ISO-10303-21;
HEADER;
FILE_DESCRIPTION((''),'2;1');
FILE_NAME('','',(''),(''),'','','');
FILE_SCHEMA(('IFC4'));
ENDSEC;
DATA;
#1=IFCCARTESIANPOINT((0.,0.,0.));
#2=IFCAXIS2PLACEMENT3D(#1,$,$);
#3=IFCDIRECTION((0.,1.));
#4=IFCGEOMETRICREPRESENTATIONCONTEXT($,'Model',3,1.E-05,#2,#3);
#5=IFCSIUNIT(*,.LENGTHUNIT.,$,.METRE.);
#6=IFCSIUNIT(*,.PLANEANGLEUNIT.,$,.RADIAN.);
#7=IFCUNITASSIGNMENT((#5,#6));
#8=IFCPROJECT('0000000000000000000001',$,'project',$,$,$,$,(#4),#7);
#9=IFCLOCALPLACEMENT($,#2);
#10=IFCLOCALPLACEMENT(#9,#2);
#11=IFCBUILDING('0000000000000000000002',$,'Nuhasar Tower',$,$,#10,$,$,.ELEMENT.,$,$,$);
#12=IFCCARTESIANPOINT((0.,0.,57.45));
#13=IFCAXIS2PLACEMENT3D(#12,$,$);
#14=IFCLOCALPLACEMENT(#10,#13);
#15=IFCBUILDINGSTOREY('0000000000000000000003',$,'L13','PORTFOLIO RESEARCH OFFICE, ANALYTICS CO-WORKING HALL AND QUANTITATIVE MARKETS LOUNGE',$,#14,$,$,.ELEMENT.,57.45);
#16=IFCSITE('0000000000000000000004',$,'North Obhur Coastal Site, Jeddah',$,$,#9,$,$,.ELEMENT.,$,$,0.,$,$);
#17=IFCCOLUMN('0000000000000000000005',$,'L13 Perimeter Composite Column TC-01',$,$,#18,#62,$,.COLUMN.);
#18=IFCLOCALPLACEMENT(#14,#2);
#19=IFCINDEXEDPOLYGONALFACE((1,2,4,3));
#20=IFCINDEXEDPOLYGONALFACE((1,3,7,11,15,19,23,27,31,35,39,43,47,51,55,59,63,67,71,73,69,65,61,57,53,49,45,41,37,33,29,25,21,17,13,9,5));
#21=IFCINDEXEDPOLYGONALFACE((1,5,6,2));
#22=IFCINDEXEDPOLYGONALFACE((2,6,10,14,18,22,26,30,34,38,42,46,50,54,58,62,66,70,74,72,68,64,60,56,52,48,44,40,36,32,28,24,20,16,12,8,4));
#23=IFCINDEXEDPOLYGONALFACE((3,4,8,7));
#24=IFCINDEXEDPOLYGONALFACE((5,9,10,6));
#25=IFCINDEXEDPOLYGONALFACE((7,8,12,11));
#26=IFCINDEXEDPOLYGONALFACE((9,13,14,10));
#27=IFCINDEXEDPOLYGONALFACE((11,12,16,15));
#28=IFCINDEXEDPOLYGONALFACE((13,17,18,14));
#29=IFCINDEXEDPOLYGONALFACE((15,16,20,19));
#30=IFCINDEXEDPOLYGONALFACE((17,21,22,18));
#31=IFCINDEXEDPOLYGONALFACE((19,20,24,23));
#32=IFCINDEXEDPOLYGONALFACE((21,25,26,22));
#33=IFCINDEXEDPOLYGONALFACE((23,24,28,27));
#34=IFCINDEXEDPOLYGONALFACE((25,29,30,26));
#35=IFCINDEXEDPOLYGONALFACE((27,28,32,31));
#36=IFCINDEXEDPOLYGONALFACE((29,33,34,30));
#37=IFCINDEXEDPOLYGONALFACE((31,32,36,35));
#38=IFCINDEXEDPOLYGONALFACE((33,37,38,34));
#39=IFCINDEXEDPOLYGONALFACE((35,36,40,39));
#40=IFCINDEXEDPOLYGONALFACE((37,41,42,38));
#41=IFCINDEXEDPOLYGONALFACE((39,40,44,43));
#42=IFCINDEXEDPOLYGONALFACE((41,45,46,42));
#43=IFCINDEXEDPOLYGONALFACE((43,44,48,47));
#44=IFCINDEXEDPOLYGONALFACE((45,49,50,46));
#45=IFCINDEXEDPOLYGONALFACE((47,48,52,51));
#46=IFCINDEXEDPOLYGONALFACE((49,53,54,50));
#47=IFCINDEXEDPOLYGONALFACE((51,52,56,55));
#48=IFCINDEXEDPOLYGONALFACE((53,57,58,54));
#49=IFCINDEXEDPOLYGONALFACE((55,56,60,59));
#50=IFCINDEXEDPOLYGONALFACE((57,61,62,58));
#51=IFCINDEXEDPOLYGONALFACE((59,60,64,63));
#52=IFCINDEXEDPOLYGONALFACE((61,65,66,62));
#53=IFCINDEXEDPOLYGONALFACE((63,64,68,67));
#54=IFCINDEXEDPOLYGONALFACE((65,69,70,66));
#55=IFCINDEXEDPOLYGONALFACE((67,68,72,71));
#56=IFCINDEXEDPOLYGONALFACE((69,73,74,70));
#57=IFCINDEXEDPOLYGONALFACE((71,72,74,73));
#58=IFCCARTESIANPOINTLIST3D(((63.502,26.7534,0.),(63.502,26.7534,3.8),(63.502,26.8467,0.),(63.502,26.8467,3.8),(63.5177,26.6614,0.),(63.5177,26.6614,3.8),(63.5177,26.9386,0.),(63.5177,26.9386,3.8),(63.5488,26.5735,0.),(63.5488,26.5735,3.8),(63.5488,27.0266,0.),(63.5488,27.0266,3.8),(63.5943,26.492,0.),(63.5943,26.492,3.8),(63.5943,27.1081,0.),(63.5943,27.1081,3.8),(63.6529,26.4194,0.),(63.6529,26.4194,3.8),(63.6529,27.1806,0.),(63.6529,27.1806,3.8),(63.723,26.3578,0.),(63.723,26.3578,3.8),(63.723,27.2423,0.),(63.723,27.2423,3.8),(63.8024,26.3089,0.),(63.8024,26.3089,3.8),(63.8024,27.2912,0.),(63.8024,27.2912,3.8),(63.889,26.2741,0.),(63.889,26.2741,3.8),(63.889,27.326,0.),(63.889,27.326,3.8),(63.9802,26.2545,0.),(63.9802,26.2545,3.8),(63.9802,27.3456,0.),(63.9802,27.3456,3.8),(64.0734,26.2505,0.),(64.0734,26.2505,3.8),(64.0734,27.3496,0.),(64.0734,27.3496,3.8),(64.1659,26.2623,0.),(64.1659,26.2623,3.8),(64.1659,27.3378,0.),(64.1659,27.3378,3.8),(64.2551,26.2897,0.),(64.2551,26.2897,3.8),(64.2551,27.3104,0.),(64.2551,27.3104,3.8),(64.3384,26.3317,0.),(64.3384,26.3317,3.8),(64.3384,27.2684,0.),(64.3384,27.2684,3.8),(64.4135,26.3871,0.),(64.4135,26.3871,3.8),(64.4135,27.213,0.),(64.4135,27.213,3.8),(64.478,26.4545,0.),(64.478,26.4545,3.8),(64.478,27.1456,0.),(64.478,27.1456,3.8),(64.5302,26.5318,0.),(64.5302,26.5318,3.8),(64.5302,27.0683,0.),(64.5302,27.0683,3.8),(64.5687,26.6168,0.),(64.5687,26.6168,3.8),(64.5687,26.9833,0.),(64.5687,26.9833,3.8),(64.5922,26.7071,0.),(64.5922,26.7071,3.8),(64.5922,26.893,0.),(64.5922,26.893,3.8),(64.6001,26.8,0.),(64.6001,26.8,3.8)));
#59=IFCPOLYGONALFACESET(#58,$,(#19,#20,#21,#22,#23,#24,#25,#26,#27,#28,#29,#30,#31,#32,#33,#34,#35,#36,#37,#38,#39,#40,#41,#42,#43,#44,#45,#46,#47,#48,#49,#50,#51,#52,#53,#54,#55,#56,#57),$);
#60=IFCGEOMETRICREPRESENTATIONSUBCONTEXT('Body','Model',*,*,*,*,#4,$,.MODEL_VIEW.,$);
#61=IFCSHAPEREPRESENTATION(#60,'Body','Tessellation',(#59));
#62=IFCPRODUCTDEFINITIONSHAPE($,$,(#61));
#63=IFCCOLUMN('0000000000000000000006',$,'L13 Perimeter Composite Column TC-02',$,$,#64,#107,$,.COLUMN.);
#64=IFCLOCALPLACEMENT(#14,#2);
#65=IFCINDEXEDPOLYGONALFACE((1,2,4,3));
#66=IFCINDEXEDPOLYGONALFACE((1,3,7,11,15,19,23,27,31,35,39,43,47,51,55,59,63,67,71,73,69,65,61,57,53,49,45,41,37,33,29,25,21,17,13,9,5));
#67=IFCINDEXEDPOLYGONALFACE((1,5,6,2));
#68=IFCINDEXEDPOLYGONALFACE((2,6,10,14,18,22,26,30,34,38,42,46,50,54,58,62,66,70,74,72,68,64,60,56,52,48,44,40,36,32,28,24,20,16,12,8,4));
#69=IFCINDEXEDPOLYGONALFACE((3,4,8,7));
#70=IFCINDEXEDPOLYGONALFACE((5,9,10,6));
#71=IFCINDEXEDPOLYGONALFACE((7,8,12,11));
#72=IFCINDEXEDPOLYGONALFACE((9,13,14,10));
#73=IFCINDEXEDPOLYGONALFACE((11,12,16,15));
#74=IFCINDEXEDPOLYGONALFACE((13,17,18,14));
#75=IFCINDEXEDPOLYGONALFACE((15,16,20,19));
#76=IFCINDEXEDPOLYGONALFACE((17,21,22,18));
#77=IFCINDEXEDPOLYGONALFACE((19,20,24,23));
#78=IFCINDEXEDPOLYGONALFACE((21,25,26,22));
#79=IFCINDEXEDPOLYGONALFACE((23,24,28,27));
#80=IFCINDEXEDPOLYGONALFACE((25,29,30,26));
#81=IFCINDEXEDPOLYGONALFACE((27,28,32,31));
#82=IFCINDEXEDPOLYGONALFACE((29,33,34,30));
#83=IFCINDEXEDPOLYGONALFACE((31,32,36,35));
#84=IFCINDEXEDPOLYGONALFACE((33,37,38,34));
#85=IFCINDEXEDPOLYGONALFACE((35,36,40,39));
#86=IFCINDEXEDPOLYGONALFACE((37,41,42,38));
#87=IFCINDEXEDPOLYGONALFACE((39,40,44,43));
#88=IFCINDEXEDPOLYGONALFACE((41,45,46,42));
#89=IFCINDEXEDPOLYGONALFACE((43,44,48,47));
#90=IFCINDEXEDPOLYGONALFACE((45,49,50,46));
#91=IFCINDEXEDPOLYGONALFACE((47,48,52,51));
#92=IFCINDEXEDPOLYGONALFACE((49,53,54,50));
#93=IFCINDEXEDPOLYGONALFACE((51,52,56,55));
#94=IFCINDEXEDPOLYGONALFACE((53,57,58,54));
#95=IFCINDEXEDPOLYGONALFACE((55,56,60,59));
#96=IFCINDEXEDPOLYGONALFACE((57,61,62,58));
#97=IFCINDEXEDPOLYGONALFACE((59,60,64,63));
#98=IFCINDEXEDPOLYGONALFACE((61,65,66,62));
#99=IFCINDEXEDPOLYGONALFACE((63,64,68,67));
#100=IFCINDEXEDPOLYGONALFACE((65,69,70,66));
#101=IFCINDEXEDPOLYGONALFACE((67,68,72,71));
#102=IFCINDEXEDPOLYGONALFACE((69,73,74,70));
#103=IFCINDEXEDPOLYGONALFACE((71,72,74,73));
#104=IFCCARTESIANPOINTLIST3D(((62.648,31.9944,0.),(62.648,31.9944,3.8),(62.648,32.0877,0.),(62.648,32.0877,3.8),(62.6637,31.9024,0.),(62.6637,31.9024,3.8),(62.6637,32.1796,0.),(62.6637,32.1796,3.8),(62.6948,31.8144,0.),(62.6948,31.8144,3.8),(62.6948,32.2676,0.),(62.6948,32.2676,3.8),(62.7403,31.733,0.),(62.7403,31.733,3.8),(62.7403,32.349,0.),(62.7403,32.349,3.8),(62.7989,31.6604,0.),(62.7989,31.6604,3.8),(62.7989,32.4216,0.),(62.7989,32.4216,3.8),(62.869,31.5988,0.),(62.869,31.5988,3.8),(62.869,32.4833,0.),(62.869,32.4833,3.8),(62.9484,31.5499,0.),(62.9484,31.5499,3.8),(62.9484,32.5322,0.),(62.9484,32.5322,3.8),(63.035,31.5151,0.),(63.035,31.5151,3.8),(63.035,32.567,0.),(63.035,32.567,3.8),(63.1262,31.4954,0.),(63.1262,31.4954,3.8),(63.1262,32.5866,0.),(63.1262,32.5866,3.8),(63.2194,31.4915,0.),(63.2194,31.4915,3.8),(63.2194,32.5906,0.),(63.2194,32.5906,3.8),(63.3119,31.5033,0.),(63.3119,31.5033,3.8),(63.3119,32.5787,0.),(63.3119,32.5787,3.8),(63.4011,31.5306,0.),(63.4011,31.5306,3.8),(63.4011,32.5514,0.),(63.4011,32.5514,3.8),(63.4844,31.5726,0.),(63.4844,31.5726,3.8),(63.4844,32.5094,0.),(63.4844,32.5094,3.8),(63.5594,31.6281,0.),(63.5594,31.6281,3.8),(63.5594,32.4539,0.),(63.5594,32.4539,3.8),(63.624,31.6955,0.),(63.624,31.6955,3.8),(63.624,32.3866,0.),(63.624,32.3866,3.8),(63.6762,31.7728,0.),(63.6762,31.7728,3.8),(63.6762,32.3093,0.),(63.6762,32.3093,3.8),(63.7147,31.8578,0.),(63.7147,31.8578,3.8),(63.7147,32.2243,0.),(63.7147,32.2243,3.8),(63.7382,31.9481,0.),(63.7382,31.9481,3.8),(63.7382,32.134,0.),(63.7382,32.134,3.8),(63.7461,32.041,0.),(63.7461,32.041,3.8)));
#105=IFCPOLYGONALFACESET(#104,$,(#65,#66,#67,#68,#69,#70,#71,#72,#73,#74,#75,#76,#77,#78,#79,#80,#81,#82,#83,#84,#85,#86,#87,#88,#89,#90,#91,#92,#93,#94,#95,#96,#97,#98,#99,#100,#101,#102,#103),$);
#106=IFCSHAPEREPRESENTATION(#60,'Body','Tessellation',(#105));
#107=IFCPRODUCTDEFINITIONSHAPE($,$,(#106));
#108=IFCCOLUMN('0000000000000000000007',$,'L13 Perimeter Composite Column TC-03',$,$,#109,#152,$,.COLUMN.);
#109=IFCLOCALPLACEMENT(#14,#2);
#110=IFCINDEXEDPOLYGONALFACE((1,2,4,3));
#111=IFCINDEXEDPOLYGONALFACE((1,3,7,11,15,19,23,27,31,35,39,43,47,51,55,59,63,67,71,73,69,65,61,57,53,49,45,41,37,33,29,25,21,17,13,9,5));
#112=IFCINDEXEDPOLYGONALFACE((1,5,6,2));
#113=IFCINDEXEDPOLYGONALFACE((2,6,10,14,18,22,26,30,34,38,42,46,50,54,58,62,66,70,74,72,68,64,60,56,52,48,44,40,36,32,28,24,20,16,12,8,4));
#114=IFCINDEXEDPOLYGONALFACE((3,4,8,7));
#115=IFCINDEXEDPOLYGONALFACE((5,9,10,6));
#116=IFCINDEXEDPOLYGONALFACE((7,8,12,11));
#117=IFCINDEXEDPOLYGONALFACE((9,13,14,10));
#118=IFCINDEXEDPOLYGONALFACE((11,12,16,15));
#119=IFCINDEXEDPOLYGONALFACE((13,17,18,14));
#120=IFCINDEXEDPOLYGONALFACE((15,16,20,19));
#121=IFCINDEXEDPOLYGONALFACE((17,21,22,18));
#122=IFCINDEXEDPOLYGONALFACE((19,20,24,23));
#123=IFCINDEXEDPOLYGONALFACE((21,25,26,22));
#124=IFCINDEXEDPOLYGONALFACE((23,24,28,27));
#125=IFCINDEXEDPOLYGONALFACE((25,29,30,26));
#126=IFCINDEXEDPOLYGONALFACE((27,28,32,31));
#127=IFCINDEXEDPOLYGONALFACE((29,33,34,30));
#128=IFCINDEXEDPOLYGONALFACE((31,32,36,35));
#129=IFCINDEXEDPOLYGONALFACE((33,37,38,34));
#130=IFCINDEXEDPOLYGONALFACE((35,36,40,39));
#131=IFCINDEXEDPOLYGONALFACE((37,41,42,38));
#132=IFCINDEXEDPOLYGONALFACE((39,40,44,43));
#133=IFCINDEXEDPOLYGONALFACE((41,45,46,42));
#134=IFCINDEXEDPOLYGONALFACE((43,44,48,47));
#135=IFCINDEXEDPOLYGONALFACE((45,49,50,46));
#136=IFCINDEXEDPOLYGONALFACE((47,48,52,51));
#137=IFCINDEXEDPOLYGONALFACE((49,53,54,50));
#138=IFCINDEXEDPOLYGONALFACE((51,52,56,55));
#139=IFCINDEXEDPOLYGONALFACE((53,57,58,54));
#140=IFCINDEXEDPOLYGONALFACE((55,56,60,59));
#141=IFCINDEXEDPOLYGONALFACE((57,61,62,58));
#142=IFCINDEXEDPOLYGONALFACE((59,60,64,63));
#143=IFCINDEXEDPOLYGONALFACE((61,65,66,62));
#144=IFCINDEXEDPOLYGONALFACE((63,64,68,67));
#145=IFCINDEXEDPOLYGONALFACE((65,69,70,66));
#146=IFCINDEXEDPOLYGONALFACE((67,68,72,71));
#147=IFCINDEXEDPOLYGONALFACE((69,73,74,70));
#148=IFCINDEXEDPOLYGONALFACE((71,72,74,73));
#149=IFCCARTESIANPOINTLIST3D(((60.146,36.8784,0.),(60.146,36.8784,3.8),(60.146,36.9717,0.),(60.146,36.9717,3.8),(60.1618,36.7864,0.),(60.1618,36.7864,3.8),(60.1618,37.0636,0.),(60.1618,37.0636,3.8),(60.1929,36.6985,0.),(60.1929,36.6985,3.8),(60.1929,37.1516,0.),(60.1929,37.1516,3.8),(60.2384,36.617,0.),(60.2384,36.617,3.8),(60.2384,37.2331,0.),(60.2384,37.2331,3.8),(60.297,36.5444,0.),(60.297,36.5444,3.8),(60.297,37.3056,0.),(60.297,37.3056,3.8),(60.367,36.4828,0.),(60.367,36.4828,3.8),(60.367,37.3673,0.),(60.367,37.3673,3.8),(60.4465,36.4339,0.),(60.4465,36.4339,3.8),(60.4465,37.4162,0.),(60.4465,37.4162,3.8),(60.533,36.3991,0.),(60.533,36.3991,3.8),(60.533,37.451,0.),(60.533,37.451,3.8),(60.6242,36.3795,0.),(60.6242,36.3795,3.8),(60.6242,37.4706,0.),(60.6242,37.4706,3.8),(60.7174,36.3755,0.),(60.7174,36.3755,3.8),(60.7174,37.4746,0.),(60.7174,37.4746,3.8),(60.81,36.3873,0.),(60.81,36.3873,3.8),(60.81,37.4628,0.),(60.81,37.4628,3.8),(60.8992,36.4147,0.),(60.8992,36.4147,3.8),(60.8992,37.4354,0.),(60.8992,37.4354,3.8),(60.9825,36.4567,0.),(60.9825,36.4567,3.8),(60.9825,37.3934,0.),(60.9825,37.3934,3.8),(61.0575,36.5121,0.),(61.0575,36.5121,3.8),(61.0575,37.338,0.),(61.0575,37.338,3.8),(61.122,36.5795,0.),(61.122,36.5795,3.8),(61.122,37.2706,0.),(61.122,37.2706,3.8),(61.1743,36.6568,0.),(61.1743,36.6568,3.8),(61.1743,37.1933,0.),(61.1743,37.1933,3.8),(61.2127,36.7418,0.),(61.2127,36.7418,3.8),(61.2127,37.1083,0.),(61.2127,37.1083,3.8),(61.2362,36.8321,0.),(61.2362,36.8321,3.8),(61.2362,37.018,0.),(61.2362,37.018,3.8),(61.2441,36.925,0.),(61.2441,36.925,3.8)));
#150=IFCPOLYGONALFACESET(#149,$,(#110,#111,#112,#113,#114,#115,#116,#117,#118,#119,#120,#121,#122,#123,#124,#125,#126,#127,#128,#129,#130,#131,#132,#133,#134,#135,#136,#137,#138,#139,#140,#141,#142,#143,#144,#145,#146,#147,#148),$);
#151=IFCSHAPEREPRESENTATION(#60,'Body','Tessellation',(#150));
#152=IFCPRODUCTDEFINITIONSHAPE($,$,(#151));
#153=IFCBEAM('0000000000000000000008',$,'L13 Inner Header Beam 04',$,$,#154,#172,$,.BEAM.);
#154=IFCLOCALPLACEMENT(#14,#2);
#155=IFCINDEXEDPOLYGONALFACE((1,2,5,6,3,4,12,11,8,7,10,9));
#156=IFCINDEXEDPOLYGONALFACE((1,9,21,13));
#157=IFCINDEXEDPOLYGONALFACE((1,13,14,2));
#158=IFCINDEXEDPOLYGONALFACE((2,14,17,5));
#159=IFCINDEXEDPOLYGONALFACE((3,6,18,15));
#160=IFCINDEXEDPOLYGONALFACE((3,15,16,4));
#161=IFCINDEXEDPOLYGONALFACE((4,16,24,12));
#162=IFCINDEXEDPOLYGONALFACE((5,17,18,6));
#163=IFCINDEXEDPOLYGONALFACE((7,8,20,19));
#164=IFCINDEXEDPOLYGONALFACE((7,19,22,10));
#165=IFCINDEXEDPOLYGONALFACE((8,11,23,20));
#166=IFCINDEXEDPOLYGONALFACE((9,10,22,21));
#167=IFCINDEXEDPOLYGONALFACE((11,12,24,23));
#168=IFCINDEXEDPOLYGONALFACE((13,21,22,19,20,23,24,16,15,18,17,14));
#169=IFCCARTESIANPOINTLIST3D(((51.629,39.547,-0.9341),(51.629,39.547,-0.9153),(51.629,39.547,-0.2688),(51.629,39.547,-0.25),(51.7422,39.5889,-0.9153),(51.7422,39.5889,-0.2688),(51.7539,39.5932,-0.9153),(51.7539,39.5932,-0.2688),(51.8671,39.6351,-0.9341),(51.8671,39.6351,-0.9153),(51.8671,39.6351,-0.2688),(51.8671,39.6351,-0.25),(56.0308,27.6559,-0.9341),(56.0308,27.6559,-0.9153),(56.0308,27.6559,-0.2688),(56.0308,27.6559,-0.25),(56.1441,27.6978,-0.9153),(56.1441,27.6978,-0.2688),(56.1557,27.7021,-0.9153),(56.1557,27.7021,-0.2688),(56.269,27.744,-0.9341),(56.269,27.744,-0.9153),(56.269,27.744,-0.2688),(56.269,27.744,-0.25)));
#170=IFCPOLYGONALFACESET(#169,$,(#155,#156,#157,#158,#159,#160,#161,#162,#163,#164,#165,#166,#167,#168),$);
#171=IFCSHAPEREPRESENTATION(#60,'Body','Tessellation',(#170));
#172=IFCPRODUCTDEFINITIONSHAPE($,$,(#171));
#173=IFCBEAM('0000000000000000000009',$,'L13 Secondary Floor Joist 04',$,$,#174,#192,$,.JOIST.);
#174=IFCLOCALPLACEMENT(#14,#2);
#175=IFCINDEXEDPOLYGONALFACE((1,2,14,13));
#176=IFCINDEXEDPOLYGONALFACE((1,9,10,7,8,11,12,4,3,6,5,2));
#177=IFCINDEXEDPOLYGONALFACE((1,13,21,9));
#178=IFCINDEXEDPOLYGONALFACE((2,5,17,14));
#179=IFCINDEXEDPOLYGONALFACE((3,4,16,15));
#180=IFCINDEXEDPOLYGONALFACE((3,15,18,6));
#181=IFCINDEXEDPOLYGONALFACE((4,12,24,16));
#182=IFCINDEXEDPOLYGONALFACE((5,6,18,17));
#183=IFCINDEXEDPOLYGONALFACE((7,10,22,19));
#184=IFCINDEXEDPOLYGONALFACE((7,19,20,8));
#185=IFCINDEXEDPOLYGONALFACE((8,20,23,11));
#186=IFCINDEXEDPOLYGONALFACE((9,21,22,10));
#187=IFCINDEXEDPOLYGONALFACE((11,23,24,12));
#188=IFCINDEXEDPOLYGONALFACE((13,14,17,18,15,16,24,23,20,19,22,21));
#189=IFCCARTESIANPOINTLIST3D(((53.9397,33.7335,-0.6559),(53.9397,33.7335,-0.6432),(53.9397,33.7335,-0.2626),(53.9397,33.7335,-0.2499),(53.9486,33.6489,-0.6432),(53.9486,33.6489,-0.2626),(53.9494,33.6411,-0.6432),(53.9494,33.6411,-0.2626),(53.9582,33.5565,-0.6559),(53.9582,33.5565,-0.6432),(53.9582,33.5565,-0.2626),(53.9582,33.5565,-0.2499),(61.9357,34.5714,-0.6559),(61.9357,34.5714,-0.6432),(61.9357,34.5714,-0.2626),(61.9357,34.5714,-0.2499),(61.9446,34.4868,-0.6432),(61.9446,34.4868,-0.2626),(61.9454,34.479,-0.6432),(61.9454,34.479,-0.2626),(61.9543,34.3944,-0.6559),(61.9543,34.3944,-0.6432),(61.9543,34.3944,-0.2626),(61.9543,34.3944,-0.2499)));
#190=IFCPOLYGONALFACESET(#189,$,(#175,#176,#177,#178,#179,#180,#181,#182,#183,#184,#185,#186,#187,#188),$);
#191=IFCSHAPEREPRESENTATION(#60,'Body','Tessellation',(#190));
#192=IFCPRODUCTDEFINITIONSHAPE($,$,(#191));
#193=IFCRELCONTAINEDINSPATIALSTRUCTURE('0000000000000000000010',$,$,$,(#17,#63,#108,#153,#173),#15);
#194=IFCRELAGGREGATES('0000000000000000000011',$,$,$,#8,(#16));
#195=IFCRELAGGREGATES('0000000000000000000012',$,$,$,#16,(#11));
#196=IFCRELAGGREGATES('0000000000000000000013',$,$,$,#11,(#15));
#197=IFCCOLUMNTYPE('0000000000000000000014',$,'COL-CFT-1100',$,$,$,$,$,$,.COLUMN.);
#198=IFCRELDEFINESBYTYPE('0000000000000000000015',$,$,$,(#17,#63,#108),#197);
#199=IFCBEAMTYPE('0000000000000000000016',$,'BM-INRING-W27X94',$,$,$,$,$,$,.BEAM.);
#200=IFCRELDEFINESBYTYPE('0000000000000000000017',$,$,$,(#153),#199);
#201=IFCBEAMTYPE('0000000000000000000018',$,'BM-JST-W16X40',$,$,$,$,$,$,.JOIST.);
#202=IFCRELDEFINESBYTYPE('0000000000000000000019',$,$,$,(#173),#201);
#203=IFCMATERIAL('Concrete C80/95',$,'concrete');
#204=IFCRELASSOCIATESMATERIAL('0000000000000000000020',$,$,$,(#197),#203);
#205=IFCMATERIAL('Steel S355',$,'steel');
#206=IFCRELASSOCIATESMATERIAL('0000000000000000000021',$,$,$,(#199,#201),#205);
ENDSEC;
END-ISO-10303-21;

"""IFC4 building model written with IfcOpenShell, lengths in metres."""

from ifc_helpers import new_model, si_unit, direction, frame, origin, origin_2d, place, context, subcontext, project, spatial, circle, i_section, extrude, material, material_profile, profile_set, type_object, element, save


model = new_model("IFC4")

# Units and contexts
model_context = context("Model", 3, precision=1e-05, world=origin(), true_north=direction((0.0, 1.0)))
body_context = subcontext(model_context, "Body", "Model", "MODEL_VIEW")
ifc_project = project(units=[si_unit("LENGTHUNIT", "METRE"), si_unit("PLANEANGLEUNIT", "RADIAN")], contexts=[model_context])

# Site, building, storey
site_placement = place(None, origin())
site = spatial("IfcSite", under=ifc_project, at=site_placement, Name="North Obhur Coastal Site, Jeddah", CompositionType="ELEMENT", RefElevation=0.0)
building_placement = place(site_placement, origin())
building = spatial("IfcBuilding", under=site, at=building_placement, Name="Nuhasar Tower", CompositionType="ELEMENT")
storey_placement = place(building_placement, frame((0.0, 0.0, 57.45)))
storey = spatial("IfcBuildingStorey", under=building, at=storey_placement, Name="L13", Description="PORTFOLIO RESEARCH OFFICE, ANALYTICS CO-WORKING HALL AND QUANTITATIVE MARKETS LOUNGE", CompositionType="ELEMENT", Elevation=57.45)

# Columns
ifc_material_1 = material(Name="Concrete C80/95", Category="concrete")
ifc_material_profile_1 = material_profile(ifc_material_1, circle(Radius=0.55, at=origin_2d()), Name="CFT1100")
ifc_profile_set_1 = profile_set([ifc_material_profile_1], Name="Concrete C80/95")
column_type = type_object("IfcColumnType", Name="COL-CFT-1100", PredefinedType="COLUMN", material=ifc_profile_set_1)
for number, where, z_axis, x_axis, name in (
    (1, (64.05, 26.8, 0.0), (0.0, 0.0, 1.0), (1.0, 0.0, 0.0), "L13 Perimeter Composite Column TC-01"),
    (2, (63.196, 32.041, 0.0), (0.0, 0.0, 1.0), (1.0, 0.0, 0.0), "L13 Perimeter Composite Column TC-02"),
    (3, (60.6941, 36.925, 0.0), (0.0, 0.0, 1.0), (1.0, 0.0, 0.0), "L13 Perimeter Composite Column TC-03"),
):
    element("IfcColumn", number, at=place(storey_placement, frame(where, z_axis=z_axis, x_axis=x_axis)), inside=storey, type_object=column_type, Name=name, PredefinedType="COLUMN", context=body_context, shape_type="SweptSolid", body=[
        extrude(circle(Radius=0.55, at=origin_2d()), origin(), (0.0, 0.0, 1.0), 3.8),
    ])

# Beams
ifc_material_2 = material(Name="Steel S355", Category="steel")
ifc_material_profile_2 = material_profile(ifc_material_2, i_section(OverallWidth=0.2539, OverallDepth=0.6841, WebThickness=0.0125, FlangeThickness=0.0188, at=origin_2d()), Name="W27X94")
ifc_profile_set_2 = profile_set([ifc_material_profile_2], Name="Steel S355")
beam_type_1 = type_object("IfcBeamType", Name="BM-INRING-W27X94", PredefinedType="BEAM", material=ifc_profile_set_2)
beam_1_placement = place(storey_placement, frame((56.1499, 27.7, -0.592), z_axis=(-0.347158, 0.937807, 0.0), x_axis=(-0.937807, -0.347158, 0.0)))
element("IfcBeam", 4, at=beam_1_placement, inside=storey, type_object=beam_type_1, Name="L13 Inner Header Beam 04", PredefinedType="BEAM", context=body_context, shape_type="SweptSolid", body=[
    extrude(i_section(OverallWidth=0.2539, OverallDepth=0.6841, WebThickness=0.0125, FlangeThickness=0.0188, at=origin_2d()), origin(), (0.0, 0.0, 1.0), 12.6797),
])
ifc_material_profile_3 = material_profile(ifc_material_2, i_section(OverallWidth=0.178, OverallDepth=0.406, WebThickness=0.0078, FlangeThickness=0.0127, at=origin_2d()), Name="W16X40")
ifc_profile_set_3 = profile_set([ifc_material_profile_3], Name="Steel S355")
beam_type_2 = type_object("IfcBeamType", Name="BM-JST-W16X40", PredefinedType="JOIST", material=ifc_profile_set_3)
beam_2_placement = place(storey_placement, frame((53.949, 33.645, -0.4529), z_axis=(0.994555, 0.104217, 0.0), x_axis=(-0.104217, 0.994555, 0.0)))
element("IfcBeam", 5, at=beam_2_placement, inside=storey, type_object=beam_type_2, Name="L13 Secondary Floor Joist 04", PredefinedType="JOIST", context=body_context, shape_type="SweptSolid", body=[
    extrude(i_section(OverallWidth=0.178, OverallDepth=0.406, WebThickness=0.0078, FlangeThickness=0.0127, at=origin_2d()), origin(), (0.0, 0.0, 1.0), 8.0398),
])

save(model, "model.ifc")
